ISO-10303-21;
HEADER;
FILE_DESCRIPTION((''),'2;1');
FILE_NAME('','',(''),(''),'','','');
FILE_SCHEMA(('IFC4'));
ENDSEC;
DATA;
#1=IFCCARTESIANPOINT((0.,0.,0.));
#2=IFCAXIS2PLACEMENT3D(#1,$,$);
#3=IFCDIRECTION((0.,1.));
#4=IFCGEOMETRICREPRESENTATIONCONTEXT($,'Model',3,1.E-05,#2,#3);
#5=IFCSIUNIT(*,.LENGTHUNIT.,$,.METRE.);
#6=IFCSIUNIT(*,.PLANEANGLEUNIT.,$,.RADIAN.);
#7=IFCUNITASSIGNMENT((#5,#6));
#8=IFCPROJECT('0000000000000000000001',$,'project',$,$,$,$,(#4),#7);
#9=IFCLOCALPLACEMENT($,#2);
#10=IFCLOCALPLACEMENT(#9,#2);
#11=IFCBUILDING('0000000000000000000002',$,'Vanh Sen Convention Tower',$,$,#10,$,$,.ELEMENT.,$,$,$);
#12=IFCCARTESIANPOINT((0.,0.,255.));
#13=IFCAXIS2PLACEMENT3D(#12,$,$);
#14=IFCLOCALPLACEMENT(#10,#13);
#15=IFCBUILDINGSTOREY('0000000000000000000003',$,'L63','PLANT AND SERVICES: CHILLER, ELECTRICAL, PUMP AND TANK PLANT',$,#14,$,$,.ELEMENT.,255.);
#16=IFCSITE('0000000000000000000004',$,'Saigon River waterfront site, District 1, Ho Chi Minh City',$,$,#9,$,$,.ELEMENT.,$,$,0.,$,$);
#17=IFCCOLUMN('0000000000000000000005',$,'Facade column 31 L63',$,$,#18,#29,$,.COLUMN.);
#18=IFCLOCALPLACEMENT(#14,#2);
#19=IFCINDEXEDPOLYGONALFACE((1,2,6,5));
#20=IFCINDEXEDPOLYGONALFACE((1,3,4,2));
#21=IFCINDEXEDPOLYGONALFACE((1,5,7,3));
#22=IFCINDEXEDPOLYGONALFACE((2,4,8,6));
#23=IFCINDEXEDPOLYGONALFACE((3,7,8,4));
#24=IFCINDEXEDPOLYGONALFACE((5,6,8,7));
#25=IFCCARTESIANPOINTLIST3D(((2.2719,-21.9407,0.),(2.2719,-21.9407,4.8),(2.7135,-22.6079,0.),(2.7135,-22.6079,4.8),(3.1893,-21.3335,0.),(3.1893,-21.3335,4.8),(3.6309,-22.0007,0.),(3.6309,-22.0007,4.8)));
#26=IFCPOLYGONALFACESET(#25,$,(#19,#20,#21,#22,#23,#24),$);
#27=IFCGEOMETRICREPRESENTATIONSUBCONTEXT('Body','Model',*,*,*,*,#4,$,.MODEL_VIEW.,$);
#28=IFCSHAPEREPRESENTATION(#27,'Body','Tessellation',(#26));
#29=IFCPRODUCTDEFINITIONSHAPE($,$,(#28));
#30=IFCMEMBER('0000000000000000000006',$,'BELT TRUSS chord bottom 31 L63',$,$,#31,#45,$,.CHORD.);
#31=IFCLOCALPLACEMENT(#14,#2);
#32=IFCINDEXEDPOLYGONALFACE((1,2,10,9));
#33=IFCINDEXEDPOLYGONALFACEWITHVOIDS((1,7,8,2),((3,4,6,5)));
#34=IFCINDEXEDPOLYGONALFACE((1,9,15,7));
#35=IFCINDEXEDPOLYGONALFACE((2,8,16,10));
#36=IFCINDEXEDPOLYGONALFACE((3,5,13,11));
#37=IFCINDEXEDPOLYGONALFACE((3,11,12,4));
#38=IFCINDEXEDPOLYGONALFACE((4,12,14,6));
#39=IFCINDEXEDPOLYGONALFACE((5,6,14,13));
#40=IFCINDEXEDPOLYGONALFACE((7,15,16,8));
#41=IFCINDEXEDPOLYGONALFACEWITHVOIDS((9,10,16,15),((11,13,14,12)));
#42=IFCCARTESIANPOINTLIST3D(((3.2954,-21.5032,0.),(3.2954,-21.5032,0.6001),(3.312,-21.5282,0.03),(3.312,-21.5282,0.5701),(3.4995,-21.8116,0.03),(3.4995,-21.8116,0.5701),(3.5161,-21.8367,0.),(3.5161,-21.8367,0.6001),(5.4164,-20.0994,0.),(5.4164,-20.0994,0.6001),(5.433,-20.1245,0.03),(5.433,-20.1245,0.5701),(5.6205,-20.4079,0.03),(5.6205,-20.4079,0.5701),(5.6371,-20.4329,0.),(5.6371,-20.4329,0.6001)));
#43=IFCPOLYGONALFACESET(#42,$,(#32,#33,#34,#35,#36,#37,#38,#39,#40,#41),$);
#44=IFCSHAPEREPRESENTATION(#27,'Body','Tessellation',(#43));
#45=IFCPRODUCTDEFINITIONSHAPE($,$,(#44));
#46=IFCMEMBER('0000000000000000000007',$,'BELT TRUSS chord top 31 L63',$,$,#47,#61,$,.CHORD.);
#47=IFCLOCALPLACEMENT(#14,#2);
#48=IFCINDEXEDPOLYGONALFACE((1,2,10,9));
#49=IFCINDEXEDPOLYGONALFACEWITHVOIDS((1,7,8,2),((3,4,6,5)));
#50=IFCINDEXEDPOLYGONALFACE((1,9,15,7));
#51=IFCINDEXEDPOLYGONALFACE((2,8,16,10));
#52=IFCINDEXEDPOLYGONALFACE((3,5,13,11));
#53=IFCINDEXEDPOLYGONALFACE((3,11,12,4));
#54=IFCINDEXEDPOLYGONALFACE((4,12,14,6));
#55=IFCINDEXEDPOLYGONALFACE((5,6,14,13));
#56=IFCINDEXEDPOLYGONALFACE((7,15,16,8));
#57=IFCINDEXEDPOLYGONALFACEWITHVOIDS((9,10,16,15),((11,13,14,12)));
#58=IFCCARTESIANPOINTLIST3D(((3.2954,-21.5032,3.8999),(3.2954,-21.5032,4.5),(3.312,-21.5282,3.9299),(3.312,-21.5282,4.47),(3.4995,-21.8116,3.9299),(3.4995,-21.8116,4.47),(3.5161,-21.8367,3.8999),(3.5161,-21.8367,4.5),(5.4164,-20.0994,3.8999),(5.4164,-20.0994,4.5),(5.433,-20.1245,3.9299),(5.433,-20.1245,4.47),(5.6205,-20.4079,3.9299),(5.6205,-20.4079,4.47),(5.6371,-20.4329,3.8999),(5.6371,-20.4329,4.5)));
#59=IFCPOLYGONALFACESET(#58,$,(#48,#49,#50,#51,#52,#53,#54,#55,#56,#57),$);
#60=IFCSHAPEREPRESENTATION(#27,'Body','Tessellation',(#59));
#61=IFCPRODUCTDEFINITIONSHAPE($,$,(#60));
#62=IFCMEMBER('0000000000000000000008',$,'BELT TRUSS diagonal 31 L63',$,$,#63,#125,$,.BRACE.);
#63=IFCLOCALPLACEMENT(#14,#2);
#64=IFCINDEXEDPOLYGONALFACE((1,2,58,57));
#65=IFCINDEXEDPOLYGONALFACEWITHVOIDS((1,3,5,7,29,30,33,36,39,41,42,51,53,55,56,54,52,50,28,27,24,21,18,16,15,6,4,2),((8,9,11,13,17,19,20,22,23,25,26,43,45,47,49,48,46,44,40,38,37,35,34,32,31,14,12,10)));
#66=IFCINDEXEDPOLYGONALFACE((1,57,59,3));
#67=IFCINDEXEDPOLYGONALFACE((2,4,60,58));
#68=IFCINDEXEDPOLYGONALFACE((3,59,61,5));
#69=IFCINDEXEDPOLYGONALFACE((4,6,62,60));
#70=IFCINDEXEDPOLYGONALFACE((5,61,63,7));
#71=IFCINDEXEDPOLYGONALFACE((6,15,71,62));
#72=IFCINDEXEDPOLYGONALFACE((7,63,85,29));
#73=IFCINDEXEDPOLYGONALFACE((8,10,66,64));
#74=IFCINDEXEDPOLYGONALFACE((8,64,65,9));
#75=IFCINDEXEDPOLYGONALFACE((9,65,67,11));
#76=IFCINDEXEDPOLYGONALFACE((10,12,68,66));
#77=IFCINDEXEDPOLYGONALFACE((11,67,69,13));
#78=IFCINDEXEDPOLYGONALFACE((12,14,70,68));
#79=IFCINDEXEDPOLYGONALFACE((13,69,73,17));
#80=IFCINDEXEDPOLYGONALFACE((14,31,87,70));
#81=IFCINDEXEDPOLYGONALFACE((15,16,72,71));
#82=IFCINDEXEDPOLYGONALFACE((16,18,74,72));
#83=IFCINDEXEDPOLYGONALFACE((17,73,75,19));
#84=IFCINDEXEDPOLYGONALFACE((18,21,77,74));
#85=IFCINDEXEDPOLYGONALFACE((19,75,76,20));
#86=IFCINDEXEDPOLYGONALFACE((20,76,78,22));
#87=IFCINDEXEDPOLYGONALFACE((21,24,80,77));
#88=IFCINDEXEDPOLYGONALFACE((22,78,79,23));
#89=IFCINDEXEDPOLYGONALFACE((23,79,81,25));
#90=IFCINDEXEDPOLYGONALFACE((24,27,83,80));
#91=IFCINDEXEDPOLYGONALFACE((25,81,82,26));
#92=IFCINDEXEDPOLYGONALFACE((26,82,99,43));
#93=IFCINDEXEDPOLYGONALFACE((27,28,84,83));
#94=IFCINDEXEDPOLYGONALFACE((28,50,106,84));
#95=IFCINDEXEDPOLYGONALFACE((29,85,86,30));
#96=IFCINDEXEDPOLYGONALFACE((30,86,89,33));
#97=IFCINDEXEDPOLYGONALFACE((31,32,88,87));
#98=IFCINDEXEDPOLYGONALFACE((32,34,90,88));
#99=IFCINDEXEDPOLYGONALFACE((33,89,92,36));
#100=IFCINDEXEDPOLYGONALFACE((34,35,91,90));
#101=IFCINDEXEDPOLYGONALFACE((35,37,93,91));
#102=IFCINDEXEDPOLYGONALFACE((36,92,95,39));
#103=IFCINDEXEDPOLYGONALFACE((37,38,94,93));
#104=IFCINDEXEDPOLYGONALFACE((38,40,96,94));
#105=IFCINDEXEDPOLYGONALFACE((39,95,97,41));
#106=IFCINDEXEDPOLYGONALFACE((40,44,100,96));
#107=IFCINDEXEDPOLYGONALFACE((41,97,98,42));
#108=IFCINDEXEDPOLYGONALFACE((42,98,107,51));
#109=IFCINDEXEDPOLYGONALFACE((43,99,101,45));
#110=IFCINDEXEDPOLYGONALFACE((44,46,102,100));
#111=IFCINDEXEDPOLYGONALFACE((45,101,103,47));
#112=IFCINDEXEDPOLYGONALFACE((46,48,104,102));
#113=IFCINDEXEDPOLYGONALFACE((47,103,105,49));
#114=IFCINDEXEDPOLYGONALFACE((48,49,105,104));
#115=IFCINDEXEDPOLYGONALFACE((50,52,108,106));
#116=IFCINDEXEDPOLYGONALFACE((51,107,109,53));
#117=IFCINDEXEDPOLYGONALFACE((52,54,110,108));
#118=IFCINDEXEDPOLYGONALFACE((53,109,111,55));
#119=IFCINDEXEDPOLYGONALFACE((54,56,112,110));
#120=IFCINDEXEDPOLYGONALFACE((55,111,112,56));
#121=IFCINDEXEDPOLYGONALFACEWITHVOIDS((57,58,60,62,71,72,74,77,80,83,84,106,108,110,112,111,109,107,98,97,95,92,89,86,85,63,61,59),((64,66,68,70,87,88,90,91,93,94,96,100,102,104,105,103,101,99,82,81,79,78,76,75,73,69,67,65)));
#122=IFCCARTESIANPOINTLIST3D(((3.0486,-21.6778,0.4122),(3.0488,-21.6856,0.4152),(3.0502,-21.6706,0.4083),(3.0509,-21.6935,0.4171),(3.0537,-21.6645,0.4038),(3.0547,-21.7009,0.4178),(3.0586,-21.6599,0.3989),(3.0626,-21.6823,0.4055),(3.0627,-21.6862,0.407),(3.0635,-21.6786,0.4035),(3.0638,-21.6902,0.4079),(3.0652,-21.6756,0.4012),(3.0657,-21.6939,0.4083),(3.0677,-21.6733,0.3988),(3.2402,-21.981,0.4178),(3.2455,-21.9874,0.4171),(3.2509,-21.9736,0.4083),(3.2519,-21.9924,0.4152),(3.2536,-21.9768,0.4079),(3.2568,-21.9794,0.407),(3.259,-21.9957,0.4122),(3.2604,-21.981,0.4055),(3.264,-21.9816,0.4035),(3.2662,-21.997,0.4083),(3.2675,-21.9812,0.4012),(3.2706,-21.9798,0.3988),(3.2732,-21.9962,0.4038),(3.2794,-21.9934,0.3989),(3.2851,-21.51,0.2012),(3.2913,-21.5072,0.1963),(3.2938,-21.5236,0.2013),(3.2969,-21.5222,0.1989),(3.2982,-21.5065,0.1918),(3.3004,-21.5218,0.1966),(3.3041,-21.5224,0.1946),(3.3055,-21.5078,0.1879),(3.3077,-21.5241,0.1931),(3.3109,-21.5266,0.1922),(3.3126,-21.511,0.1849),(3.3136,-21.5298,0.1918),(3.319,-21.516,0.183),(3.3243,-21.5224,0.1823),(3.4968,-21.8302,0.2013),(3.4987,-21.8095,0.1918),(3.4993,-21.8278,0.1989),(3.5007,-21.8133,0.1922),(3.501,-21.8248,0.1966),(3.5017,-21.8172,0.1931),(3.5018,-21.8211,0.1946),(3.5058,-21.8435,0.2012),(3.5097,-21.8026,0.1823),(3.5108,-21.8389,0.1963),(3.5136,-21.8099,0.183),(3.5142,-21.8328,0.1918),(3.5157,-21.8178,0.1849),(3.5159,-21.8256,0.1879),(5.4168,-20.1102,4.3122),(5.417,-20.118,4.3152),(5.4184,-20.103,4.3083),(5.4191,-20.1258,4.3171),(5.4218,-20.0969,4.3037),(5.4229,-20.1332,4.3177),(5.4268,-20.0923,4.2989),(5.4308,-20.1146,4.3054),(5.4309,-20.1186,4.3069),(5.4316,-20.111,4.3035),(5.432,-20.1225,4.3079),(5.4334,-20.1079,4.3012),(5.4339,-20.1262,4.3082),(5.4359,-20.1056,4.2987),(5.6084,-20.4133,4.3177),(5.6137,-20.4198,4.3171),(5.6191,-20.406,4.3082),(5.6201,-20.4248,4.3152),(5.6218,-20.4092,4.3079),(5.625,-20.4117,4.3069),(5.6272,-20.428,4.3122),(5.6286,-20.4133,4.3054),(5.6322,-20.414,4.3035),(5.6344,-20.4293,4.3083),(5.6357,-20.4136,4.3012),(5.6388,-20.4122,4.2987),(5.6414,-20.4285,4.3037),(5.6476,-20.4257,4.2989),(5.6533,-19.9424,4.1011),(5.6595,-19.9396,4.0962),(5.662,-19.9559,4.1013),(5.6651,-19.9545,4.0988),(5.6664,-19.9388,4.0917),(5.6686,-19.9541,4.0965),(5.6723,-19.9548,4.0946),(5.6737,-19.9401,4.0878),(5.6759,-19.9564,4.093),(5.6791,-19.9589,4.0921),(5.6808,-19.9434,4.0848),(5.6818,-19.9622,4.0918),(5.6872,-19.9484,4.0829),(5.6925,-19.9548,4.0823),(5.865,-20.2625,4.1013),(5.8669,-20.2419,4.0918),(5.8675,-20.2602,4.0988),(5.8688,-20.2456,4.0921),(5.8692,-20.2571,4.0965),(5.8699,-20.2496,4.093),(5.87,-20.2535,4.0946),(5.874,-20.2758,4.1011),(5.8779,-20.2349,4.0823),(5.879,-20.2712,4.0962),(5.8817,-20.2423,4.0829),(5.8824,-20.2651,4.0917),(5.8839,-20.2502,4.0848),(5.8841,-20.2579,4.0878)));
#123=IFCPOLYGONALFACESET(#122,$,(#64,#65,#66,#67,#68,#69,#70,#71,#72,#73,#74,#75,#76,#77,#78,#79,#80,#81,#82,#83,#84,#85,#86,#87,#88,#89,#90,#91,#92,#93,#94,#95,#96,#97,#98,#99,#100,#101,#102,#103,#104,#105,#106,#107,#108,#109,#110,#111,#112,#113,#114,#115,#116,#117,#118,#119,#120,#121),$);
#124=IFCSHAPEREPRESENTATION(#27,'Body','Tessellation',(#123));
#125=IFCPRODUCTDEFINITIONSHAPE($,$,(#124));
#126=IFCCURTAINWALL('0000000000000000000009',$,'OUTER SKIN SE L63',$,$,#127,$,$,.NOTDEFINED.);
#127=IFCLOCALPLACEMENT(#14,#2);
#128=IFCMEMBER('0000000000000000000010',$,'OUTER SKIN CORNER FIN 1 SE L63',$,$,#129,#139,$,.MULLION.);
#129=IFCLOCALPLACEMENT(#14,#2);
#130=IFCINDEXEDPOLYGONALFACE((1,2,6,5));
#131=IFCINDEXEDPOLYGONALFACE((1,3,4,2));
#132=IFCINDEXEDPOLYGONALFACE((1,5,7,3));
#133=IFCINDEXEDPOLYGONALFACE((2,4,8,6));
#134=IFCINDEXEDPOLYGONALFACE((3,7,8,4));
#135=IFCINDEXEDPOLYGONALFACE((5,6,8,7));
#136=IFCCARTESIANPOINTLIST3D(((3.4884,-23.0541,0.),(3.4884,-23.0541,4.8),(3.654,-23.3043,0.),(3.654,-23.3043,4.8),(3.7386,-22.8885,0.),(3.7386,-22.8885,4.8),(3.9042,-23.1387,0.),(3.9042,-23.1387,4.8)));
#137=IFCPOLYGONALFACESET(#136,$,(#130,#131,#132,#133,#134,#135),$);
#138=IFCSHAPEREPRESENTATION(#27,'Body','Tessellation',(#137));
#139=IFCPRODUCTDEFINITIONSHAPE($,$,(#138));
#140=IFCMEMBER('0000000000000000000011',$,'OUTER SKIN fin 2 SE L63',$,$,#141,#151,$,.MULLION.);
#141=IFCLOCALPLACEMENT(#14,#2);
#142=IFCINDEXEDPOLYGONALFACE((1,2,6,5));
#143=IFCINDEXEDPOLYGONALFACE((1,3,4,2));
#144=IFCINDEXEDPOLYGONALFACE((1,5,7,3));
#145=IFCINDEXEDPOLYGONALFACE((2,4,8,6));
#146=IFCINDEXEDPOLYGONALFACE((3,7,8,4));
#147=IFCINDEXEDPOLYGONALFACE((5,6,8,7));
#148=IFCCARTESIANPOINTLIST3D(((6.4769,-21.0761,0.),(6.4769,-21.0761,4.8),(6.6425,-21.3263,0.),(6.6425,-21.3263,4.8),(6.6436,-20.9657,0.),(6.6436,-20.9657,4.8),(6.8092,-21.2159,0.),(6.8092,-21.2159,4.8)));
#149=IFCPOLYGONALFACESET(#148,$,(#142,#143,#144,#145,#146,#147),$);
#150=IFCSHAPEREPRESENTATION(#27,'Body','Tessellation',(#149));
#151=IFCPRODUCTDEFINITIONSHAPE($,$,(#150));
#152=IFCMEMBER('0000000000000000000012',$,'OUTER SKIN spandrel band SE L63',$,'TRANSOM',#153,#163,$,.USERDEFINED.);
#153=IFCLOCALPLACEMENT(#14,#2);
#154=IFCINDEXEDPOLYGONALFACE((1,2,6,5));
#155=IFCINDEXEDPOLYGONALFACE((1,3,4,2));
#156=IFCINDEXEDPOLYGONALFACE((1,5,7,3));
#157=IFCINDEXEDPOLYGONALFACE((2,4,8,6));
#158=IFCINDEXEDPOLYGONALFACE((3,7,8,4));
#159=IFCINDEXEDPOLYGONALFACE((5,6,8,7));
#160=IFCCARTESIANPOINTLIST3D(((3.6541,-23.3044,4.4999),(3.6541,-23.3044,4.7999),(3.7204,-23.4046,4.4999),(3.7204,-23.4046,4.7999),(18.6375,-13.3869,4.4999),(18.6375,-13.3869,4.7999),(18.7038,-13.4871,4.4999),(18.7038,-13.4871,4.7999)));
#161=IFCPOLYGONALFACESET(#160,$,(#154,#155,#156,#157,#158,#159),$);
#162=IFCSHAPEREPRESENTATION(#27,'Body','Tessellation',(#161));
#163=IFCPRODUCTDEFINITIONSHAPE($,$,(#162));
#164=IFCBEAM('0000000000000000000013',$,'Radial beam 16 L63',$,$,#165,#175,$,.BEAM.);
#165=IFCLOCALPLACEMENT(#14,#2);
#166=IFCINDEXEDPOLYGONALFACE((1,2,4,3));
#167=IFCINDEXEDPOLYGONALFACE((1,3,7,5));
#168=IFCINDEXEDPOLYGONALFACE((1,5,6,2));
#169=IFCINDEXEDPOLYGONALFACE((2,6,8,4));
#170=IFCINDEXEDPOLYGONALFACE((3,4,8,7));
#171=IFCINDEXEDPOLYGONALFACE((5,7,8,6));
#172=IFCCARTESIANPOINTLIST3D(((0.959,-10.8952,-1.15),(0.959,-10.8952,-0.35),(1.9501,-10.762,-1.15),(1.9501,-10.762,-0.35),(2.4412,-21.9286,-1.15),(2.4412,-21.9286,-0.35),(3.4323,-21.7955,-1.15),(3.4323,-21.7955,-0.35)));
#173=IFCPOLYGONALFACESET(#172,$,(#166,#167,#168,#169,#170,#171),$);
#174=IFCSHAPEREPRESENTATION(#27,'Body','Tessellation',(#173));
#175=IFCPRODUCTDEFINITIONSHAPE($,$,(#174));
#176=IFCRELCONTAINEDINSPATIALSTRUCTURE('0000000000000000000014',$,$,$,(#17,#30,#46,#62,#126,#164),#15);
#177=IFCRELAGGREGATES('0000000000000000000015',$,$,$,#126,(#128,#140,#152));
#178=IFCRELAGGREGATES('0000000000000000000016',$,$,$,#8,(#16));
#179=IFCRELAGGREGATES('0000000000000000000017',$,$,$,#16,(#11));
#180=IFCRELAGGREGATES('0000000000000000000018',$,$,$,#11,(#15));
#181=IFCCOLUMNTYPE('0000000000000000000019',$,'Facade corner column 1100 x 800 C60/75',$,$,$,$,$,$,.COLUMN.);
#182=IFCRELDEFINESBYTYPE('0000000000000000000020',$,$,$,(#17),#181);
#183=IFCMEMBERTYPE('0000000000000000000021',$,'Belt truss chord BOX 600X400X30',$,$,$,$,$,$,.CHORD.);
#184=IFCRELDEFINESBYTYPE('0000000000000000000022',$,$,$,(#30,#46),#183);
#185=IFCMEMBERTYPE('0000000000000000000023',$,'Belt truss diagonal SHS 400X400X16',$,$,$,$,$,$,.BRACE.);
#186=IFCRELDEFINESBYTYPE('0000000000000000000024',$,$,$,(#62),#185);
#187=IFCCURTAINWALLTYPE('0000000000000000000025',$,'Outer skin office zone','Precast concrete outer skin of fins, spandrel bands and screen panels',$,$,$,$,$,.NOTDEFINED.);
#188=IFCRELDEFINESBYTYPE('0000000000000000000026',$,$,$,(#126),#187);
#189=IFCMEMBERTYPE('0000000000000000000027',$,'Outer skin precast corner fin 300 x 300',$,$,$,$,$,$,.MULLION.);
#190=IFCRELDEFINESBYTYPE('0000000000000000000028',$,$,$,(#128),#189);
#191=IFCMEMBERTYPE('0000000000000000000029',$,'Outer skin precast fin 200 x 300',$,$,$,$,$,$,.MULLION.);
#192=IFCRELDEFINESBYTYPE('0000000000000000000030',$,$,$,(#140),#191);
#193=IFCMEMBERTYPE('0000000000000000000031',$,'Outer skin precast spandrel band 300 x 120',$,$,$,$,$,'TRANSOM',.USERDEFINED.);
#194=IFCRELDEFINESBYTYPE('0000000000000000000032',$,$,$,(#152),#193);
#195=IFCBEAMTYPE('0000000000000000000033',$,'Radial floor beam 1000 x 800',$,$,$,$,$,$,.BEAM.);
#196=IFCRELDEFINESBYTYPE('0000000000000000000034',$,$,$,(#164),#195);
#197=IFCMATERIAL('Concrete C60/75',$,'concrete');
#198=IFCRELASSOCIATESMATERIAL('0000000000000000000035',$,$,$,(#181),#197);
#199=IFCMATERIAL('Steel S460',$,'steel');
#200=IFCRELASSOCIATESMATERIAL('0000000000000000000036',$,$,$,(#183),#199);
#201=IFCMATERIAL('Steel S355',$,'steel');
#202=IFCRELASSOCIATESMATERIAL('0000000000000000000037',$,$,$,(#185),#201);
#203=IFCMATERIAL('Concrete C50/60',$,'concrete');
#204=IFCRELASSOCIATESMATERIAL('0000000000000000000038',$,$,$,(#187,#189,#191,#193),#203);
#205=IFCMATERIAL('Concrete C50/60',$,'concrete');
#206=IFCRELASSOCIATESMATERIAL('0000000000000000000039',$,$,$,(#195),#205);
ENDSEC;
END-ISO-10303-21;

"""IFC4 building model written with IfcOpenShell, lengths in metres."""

from ifc_helpers import new_model, si_unit, direction, frame, origin, origin_2d, place, context, subcontext, project, spatial, rectangle, hollow_rectangle, extrude, material, material_profile, profile_set, type_object, element, aggregate, save


model = new_model("IFC4")

# Units and contexts
model_context = context("Model", 3, precision=1e-05, world=origin(), true_north=direction((0.0, 1.0)))
body_context = subcontext(model_context, "Body", "Model", "MODEL_VIEW")
ifc_project = project(units=[si_unit("LENGTHUNIT", "METRE"), si_unit("PLANEANGLEUNIT", "RADIAN")], contexts=[model_context])

# Site, building, storey
site_placement = place(None, origin())
site = spatial("IfcSite", under=ifc_project, at=site_placement, Name="Saigon River waterfront site, District 1, Ho Chi Minh City", CompositionType="ELEMENT", RefElevation=0.0)
building_placement = place(site_placement, origin())
building = spatial("IfcBuilding", under=site, at=building_placement, Name="Vanh Sen Convention Tower", CompositionType="ELEMENT")
storey_placement = place(building_placement, frame((0.0, 0.0, 255.0)))
storey = spatial("IfcBuildingStorey", under=building, at=storey_placement, Name="L63", Description="PLANT AND SERVICES: CHILLER, ELECTRICAL, PUMP AND TANK PLANT", CompositionType="ELEMENT", Elevation=255.0)

# Column
ifc_material_1 = material(Name="Concrete C60/75", Category="concrete")
ifc_material_profile_1 = material_profile(ifc_material_1, rectangle(XDim=1.1001, YDim=0.8, at=origin_2d()), Name="RC 1100X800")
ifc_profile_set_1 = profile_set([ifc_material_profile_1], Name="Concrete C60/75")
column_type = type_object("IfcColumnType", Name="Facade corner column 1100 x 800 C60/75", PredefinedType="COLUMN", material=ifc_profile_set_1)
column_placement = place(storey_placement, frame((2.9514, -21.9707, 0.0), z_axis=(0.0, 0.0, 1.0), x_axis=(0.833886, 0.551937, 0.0)))
element("IfcColumn", 1, at=column_placement, inside=storey, type_object=column_type, Name="Facade column 31 L63", PredefinedType="COLUMN", context=body_context, shape_type="SweptSolid", body=[
    extrude(rectangle(XDim=1.1001, YDim=0.8, at=origin_2d()), origin(), (0.0, 0.0, 1.0), 4.8),
])

# Members
ifc_material_2 = material(Name="Steel S460", Category="steel")
ifc_material_profile_2 = material_profile(ifc_material_2, hollow_rectangle(XDim=0.3999, YDim=0.6001, WallThickness=0.03, at=origin_2d()), Name="BOX 600X400X30")
ifc_profile_set_2 = profile_set([ifc_material_profile_2], Name="Steel S460")
member_type_1 = type_object("IfcMemberType", Name="Belt truss chord BOX 600X400X30", PredefinedType="CHORD", material=ifc_profile_set_2)
for number, where, z_axis, x_axis, name in (
    (2, (3.4058, -21.6699, 0.3), (0.833906, 0.551906, 0.0), (-0.551906, 0.833906, 0.0), "BELT TRUSS chord bottom 31 L63"),
    (3, (3.4058, -21.6699, 4.2), (0.833906, 0.551906, 0.0), (-0.551906, 0.833906, 0.0), "BELT TRUSS chord top 31 L63"),
):
    element("IfcMember", number, at=place(storey_placement, frame(where, z_axis=z_axis, x_axis=x_axis)), inside=storey, type_object=member_type_1, Name=name, PredefinedType="CHORD", context=body_context, shape_type="SweptSolid", body=[
        extrude(hollow_rectangle(XDim=0.3999, YDim=0.6001, WallThickness=0.03, at=origin_2d()), origin(), (0.0, 0.0, 1.0), 2.5435),
    ])
ifc_material_3 = material(Name="Steel S355", Category="steel")
ifc_material_profile_3 = material_profile(ifc_material_3, hollow_rectangle(XDim=0.3999, YDim=0.3999, WallThickness=0.0161, InnerFilletRadius=0.0161, OuterFilletRadius=0.032, at=origin_2d()), Name="SHS 400X400X16")
ifc_profile_set_3 = profile_set([ifc_material_profile_3], Name="Steel S355")
member_type_2 = type_object("IfcMemberType", Name="Belt truss diagonal SHS 400X400X16", PredefinedType="BRACE", material=ifc_profile_set_3)
member_1_placement = place(storey_placement, frame((3.2822, -21.7517, 0.3), z_axis=(0.490872, 0.324937, 0.808369), x_axis=(-0.551979, 0.833858, 0.0)))
element("IfcMember", 4, at=member_1_placement, inside=storey, type_object=member_type_2, Name="BELT TRUSS diagonal 31 L63", PredefinedType="BRACE", context=body_context, shape_type="SweptSolid", body=[
    extrude(hollow_rectangle(XDim=0.3999, YDim=0.3999, WallThickness=0.0161, InnerFilletRadius=0.0161, OuterFilletRadius=0.032, at=origin_2d()), origin(), (0.0, 0.0, 1.0), 4.8245),
])

# Curtain wall, members
ifc_material_4 = material(Name="Concrete C50/60", Category="concrete")
curtain_wall_type = type_object("IfcCurtainWallType", Name="Outer skin office zone", Description="Precast concrete outer skin of fins, spandrel bands and screen panels", PredefinedType="NOTDEFINED", material=ifc_material_4)
curtain_wall_1_placement = place(storey_placement, origin())
curtain_wall_1 = element("IfcCurtainWall", 5, at=curtain_wall_1_placement, inside=storey, type_object=curtain_wall_type, Name="OUTER SKIN SE L63", PredefinedType="NOTDEFINED")
ifc_material_profile_4 = material_profile(ifc_material_4, rectangle(XDim=0.3, YDim=0.3, at=origin_2d()), Name="Outer skin precast corner fin 300 x 300")
ifc_profile_set_4 = profile_set([ifc_material_profile_4], Name="Concrete C50/60")
member_type_3 = type_object("IfcMemberType", Name="Outer skin precast corner fin 300 x 300", PredefinedType="MULLION", material=ifc_profile_set_4)
member_2_placement = place(storey_placement, frame((3.6963, -23.0964, 0.0), z_axis=(0.0, 0.0, 1.0), x_axis=(0.833886, 0.551937, 0.0)))
member_2 = element("IfcMember", 6, at=member_2_placement, type_object=member_type_3, Name="OUTER SKIN CORNER FIN 1 SE L63", PredefinedType="MULLION", context=body_context, shape_type="SweptSolid", body=[
    extrude(rectangle(XDim=0.3, YDim=0.3, at=origin_2d()), origin(), (0.0, 0.0, 1.0), 4.8),
])
ifc_material_profile_5 = material_profile(ifc_material_4, rectangle(XDim=0.2, YDim=0.3, at=origin_2d()), Name="Outer skin precast fin 200 x 300")
ifc_profile_set_5 = profile_set([ifc_material_profile_5], Name="Concrete C50/60")
member_type_4 = type_object("IfcMemberType", Name="Outer skin precast fin 200 x 300", PredefinedType="MULLION", material=ifc_profile_set_5)
member_3_placement = place(storey_placement, frame((6.6431, -21.146, 0.0), z_axis=(0.0, 0.0, 1.0), x_axis=(0.833886, 0.551937, 0.0)))
member_3 = element("IfcMember", 7, at=member_3_placement, type_object=member_type_4, Name="OUTER SKIN fin 2 SE L63", PredefinedType="MULLION", context=body_context, shape_type="SweptSolid", body=[
    extrude(rectangle(XDim=0.2, YDim=0.3, at=origin_2d()), origin(), (0.0, 0.0, 1.0), 4.8),
])
ifc_material_profile_6 = material_profile(ifc_material_4, rectangle(XDim=0.1201, YDim=0.3, at=origin_2d()), Name="Outer skin precast spandrel band 300 x 120")
ifc_profile_set_6 = profile_set([ifc_material_profile_6], Name="Concrete C50/60")
member_type_5 = type_object("IfcMemberType", Name="Outer skin precast spandrel band 300 x 120", ElementType="TRANSOM", PredefinedType="USERDEFINED", material=ifc_profile_set_6)
member_4_placement = place(storey_placement, frame((3.6873, -23.3545, 4.6499), z_axis=(0.833881, 0.551944, 0.0), x_axis=(-0.551944, 0.833881, 0.0)))
member_4 = element("IfcMember", 8, at=member_4_placement, type_object=member_type_5, Name="OUTER SKIN spandrel band SE L63", ObjectType="TRANSOM", PredefinedType="USERDEFINED", context=body_context, shape_type="SweptSolid", body=[
    extrude(rectangle(XDim=0.1201, YDim=0.3, at=origin_2d()), origin(), (0.0, 0.0, 1.0), 17.9683),
])

# Beam
ifc_material_5 = material(Name="Concrete C50/60", Category="concrete")
ifc_material_profile_7 = material_profile(ifc_material_5, rectangle(XDim=1.0, YDim=0.8, at=origin_2d()), Name="RC 1000X800")
ifc_profile_set_7 = profile_set([ifc_material_profile_7], Name="Concrete C50/60")
beam_type_1 = type_object("IfcBeamType", Name="Radial floor beam 1000 x 800", PredefinedType="BEAM", material=ifc_profile_set_7)
beam_1_placement = place(storey_placement, frame((2.9368, -21.8621, -0.75), z_axis=(-0.133139, 0.991097, 0.0), x_axis=(-0.991097, -0.133139, 0.0)))
element("IfcBeam", 9, at=beam_1_placement, inside=storey, type_object=beam_type_1, Name="Radial beam 16 L63", PredefinedType="BEAM", context=body_context, shape_type="SweptSolid", body=[
    extrude(rectangle(XDim=1.0, YDim=0.8, at=origin_2d()), origin(), (0.0, 0.0, 1.0), 11.1326),
])

aggregate(curtain_wall_1, [member_2, member_3, member_4])

save(model, "model.ifc")
